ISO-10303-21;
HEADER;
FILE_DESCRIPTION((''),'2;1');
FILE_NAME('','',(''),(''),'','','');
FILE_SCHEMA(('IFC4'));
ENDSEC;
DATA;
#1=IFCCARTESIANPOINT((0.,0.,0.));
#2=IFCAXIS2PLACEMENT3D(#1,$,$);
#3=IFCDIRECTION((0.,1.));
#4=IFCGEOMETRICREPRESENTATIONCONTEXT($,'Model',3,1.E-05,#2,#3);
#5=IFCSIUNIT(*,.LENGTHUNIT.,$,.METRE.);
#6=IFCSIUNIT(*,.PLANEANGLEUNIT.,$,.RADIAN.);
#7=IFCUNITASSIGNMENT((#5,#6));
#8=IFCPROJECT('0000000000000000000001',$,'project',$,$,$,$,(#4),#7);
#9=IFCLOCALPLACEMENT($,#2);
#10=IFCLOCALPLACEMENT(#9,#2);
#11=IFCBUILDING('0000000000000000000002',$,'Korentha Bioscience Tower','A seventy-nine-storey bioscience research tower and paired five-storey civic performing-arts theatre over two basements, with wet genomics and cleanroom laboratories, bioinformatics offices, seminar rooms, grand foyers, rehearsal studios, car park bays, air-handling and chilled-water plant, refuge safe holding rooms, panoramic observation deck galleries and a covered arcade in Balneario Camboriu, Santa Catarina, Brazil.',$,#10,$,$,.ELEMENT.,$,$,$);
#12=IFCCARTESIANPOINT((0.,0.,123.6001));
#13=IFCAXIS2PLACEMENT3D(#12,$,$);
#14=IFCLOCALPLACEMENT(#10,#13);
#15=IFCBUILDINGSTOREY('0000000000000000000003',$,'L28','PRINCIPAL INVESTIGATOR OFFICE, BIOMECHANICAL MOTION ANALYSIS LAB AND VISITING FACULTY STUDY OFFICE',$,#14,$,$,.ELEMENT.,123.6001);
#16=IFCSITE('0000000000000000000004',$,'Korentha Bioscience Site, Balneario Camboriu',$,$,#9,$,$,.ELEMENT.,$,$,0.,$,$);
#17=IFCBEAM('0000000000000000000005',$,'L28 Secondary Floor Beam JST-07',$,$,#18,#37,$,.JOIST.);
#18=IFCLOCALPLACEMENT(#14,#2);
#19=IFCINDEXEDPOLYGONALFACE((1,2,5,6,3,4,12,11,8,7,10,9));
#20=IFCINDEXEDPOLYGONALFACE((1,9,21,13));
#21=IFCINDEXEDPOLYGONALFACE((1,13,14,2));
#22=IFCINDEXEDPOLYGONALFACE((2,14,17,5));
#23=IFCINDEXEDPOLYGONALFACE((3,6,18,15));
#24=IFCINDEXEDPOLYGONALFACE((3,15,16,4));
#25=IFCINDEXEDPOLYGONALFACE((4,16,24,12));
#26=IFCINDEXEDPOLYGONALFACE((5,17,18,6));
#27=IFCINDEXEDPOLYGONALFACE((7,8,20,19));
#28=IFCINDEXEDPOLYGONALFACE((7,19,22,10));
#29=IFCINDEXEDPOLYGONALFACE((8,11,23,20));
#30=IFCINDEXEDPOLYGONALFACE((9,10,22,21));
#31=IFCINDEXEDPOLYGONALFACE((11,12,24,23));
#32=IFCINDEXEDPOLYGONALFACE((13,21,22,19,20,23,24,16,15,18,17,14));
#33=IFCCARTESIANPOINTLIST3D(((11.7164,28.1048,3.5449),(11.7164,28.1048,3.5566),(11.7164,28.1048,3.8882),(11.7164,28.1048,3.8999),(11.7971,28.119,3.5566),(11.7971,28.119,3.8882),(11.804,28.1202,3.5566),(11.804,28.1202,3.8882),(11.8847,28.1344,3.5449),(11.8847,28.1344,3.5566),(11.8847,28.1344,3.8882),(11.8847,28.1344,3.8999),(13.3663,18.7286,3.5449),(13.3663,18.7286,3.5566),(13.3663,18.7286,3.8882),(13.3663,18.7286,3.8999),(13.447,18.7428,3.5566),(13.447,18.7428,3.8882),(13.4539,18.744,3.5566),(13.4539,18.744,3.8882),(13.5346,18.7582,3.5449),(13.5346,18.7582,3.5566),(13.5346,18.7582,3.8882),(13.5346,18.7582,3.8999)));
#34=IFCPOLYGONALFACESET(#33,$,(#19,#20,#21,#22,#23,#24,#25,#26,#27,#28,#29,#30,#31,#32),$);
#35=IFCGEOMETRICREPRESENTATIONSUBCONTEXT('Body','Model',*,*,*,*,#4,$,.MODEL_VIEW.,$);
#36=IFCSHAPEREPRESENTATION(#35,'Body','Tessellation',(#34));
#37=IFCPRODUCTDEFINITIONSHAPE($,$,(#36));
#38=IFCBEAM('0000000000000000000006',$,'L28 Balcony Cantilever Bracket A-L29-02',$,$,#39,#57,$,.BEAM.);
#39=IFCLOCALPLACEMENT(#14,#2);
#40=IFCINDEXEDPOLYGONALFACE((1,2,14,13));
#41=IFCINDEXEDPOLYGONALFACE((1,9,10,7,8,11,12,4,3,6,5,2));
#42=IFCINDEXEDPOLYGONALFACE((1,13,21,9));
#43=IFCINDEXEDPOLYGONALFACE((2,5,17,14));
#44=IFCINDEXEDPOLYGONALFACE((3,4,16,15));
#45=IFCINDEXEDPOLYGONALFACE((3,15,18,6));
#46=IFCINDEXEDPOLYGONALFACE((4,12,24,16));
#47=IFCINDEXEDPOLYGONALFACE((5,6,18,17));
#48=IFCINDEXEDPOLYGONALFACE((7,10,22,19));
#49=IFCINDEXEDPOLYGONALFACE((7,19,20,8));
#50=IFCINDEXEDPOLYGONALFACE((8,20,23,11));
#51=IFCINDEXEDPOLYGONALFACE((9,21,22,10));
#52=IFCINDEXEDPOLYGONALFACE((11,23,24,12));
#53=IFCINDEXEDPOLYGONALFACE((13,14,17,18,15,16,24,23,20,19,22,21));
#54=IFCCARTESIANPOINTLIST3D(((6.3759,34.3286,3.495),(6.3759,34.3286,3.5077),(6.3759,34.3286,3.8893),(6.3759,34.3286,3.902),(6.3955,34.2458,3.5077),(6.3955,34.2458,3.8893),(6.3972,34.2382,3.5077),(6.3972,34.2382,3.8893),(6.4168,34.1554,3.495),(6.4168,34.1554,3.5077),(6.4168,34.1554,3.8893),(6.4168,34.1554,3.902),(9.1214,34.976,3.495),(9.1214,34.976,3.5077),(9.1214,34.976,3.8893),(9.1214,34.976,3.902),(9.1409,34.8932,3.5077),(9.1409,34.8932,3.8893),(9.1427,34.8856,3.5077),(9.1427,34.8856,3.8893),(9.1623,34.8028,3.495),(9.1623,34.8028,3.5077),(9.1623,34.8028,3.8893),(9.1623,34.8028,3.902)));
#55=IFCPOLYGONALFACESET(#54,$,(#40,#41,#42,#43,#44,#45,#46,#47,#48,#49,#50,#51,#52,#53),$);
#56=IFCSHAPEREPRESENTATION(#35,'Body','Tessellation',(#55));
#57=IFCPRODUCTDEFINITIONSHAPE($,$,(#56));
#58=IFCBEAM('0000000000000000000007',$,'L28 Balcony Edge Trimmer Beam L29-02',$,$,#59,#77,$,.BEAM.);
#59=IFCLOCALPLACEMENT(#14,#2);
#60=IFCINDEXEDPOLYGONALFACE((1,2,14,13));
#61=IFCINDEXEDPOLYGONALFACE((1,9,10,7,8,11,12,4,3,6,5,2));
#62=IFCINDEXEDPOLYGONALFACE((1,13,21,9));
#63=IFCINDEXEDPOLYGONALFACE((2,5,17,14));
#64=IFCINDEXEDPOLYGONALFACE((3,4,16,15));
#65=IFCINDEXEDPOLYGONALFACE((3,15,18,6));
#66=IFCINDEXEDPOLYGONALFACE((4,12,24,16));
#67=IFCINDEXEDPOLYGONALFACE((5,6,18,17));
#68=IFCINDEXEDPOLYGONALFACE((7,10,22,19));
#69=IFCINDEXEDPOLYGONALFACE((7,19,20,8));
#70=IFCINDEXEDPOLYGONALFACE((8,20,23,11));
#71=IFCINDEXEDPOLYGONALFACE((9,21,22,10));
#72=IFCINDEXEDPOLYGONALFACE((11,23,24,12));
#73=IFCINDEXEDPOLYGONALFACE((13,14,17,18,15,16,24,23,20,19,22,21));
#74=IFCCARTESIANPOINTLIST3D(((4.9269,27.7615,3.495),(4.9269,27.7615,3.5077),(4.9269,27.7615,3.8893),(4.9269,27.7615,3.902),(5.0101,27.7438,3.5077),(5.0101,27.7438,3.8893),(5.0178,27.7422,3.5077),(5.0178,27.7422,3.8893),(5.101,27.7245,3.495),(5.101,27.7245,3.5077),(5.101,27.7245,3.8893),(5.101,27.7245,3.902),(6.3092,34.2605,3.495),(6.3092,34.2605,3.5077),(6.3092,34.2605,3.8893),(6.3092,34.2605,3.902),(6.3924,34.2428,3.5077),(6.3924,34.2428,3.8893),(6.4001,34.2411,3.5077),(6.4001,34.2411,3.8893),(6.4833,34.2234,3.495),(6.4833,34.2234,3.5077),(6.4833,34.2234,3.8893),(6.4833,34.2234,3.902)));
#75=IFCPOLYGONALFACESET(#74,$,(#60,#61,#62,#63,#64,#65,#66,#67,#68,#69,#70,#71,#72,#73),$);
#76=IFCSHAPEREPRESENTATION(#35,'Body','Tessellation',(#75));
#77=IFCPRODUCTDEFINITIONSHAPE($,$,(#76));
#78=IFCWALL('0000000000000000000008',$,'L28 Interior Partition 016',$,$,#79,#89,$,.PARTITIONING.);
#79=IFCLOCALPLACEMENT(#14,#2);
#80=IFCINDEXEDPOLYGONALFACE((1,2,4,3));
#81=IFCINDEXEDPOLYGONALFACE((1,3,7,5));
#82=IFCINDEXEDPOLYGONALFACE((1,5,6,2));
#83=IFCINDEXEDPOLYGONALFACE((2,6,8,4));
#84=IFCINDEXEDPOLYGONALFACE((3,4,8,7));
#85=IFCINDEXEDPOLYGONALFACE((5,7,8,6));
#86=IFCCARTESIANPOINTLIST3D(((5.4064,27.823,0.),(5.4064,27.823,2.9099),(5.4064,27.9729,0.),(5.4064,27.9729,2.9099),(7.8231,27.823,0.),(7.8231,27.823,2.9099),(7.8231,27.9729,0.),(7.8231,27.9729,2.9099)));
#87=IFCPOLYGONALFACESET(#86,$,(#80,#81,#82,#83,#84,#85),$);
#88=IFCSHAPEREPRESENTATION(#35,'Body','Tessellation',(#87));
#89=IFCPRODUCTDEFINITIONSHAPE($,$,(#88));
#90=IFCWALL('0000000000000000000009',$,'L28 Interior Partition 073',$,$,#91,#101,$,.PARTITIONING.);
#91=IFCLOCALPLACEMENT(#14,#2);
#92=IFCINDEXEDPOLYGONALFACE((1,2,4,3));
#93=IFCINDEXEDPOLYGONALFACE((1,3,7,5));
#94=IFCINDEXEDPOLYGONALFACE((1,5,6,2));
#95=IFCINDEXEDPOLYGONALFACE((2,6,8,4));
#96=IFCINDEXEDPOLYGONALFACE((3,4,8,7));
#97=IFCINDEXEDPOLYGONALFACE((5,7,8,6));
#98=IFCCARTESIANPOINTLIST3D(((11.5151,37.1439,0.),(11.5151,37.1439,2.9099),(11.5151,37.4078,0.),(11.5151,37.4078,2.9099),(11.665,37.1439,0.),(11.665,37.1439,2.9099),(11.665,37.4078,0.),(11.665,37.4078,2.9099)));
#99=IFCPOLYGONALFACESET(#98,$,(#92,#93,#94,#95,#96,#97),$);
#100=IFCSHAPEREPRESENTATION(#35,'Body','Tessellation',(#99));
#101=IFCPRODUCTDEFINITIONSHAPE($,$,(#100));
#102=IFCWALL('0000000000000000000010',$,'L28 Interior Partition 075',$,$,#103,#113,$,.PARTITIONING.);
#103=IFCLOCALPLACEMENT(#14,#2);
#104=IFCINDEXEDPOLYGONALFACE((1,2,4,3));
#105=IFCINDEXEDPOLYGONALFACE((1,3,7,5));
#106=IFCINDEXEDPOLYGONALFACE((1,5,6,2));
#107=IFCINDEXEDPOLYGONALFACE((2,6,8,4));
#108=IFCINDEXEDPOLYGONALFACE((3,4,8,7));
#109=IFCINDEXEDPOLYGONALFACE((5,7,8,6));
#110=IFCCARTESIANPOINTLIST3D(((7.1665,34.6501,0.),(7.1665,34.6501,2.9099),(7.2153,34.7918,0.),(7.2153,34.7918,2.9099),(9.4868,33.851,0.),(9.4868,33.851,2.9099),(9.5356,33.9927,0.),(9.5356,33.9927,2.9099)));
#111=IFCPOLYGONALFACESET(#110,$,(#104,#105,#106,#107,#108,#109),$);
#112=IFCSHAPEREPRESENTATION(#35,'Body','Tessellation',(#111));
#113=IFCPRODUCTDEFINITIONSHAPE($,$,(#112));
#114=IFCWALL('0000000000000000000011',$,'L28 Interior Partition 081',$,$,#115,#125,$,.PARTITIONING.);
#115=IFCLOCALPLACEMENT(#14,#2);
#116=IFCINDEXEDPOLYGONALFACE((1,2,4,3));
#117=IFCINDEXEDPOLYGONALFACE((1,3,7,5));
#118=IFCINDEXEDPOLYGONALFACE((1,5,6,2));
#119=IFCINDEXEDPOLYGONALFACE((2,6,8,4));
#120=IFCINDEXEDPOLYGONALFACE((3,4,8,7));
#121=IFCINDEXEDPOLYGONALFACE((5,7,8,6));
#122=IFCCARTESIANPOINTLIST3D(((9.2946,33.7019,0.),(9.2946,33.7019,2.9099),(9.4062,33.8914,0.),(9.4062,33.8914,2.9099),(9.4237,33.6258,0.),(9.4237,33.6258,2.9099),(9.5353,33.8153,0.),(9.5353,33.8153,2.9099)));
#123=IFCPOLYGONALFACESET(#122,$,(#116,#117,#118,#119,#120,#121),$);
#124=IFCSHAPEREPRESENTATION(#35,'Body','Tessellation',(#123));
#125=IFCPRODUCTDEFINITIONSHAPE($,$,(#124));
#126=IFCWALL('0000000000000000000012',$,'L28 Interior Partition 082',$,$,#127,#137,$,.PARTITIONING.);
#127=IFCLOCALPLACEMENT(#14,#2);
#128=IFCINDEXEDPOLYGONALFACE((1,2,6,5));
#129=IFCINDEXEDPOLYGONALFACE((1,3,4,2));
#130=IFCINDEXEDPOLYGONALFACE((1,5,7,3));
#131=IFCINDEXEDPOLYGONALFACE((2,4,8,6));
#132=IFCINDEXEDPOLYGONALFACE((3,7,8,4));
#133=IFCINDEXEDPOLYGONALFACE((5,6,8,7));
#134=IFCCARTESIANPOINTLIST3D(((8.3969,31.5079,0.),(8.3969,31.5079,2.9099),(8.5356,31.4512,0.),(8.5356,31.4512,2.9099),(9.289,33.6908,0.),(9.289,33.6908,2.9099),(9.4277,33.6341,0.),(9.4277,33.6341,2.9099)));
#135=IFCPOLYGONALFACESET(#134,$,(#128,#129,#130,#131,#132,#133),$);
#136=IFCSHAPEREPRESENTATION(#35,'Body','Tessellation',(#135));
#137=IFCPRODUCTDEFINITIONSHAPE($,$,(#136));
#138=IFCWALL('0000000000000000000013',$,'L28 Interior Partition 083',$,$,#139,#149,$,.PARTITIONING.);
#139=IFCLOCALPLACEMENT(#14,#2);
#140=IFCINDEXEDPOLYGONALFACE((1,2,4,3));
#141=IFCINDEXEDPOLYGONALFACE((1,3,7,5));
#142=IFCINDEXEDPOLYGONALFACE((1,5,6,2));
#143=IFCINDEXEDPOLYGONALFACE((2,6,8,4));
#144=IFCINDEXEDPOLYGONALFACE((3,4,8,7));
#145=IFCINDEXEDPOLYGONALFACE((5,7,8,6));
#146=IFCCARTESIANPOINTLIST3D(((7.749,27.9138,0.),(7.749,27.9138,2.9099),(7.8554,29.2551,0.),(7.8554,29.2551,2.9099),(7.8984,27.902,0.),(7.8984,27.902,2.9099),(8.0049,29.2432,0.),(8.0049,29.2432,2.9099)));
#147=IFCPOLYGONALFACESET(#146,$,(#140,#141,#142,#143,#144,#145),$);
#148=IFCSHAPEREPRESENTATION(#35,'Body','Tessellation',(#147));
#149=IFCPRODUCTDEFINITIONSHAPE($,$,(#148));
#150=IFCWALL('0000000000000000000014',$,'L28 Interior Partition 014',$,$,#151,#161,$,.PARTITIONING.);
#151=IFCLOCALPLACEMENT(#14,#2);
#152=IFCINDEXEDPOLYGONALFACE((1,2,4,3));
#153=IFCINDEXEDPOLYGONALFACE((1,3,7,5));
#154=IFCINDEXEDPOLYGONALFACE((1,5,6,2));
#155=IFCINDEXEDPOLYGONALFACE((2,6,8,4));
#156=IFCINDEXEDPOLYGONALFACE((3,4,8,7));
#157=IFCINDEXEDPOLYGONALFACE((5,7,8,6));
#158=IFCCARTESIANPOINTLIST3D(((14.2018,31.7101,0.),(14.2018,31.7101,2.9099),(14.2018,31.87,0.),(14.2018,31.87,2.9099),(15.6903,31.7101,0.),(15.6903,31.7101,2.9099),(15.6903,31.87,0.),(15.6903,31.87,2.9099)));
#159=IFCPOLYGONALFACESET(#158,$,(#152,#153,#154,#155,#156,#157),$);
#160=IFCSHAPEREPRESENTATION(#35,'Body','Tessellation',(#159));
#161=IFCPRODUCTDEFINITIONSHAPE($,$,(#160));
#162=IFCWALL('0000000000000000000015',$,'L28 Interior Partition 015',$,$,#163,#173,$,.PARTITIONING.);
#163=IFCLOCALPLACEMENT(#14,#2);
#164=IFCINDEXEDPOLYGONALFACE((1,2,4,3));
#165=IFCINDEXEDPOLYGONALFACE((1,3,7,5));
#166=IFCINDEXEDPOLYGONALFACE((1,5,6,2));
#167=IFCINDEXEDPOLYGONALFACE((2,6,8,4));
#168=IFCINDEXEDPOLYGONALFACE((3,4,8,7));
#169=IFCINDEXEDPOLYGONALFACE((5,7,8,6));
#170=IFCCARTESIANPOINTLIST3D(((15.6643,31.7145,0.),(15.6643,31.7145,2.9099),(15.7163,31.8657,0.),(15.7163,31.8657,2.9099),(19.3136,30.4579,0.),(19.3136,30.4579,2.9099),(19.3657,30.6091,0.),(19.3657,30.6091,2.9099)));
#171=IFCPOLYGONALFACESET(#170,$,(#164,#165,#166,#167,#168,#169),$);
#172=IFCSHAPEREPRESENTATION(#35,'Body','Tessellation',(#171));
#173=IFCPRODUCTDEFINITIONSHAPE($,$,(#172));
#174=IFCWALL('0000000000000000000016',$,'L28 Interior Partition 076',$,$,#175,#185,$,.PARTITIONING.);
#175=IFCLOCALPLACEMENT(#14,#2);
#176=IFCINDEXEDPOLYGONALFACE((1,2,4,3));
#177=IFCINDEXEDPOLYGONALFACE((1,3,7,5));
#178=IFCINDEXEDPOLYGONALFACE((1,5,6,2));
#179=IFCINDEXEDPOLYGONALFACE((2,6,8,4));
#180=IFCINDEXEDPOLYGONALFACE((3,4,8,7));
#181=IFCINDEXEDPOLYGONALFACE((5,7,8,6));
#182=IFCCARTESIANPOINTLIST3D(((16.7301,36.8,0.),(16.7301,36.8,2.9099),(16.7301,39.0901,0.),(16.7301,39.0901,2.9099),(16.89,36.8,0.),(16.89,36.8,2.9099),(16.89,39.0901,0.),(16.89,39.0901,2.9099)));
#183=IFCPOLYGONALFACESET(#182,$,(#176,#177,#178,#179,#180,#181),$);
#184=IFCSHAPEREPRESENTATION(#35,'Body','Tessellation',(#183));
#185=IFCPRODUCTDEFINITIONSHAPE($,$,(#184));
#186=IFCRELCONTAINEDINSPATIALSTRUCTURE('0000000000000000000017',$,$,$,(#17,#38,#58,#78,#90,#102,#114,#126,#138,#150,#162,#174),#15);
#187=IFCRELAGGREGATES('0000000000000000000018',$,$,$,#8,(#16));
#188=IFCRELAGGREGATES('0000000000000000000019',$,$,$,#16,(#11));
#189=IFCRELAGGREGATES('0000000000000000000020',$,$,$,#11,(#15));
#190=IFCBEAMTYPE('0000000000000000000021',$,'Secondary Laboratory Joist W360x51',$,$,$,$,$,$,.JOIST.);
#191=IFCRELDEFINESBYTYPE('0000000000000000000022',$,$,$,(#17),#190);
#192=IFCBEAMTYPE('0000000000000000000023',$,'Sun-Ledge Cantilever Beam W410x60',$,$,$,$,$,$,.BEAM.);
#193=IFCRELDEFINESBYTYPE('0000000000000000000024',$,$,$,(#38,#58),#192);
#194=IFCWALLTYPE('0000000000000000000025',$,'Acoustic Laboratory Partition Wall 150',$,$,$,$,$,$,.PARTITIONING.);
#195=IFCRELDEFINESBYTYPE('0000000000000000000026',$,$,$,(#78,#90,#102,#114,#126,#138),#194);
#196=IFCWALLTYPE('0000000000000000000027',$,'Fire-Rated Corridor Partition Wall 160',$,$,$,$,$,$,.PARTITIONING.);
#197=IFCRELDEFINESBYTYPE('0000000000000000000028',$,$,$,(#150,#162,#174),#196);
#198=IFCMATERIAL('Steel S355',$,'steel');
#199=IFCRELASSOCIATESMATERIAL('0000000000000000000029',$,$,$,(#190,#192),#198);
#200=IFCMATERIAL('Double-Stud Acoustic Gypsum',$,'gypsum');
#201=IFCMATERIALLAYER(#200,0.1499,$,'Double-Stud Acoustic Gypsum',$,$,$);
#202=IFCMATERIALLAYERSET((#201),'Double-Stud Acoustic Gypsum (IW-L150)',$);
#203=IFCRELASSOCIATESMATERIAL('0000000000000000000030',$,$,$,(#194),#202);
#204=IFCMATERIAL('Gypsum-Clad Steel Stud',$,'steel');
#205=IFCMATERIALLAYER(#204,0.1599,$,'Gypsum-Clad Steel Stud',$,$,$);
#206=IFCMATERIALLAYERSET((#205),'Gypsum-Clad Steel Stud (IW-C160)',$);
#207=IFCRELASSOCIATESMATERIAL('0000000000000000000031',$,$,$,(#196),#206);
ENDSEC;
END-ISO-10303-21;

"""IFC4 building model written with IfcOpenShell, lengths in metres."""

from ifc_helpers import new_model, si_unit, direction, frame, frame_2d, origin, origin_2d, place, context, subcontext, project, spatial, rectangle, i_section, extrude, material, layer, layer_set, material_profile, profile_set, type_object, element, save


model = new_model("IFC4")

# Units and contexts
model_context = context("Model", 3, precision=1e-05, world=origin(), true_north=direction((0.0, 1.0)))
body_context = subcontext(model_context, "Body", "Model", "MODEL_VIEW")
ifc_project = project(units=[si_unit("LENGTHUNIT", "METRE"), si_unit("PLANEANGLEUNIT", "RADIAN")], contexts=[model_context])

# Site, building, storey
site_placement = place(None, origin())
site = spatial("IfcSite", under=ifc_project, at=site_placement, Name="Korentha Bioscience Site, Balneario Camboriu", CompositionType="ELEMENT", RefElevation=0.0)
building_placement = place(site_placement, origin())
building = spatial("IfcBuilding", under=site, at=building_placement, Name="Korentha Bioscience Tower", Description="A seventy-nine-storey bioscience research tower and paired five-storey civic performing-arts theatre over two basements, with wet genomics and cleanroom laboratories, bioinformatics offices, seminar rooms, grand foyers, rehearsal studios, car park bays, air-handling and chilled-water plant, refuge safe holding rooms, panoramic observation deck galleries and a covered arcade in Balneario Camboriu, Santa Catarina, Brazil.", CompositionType="ELEMENT")
storey_placement = place(building_placement, frame((0.0, 0.0, 123.6001)))
storey = spatial("IfcBuildingStorey", under=building, at=storey_placement, Name="L28", Description="PRINCIPAL INVESTIGATOR OFFICE, BIOMECHANICAL MOTION ANALYSIS LAB AND VISITING FACULTY STUDY OFFICE", CompositionType="ELEMENT", Elevation=123.6001)

# Beams
ifc_material_1 = material(Name="Steel S355", Category="steel")
ifc_material_profile_1 = material_profile(ifc_material_1, i_section(OverallWidth=0.1709, OverallDepth=0.355, WebThickness=0.0071, FlangeThickness=0.0117, at=origin_2d()), Name="Steel S355")
ifc_profile_set_1 = profile_set([ifc_material_profile_1], Name="Steel S355 (JB-360)")
beam_type_1 = type_object("IfcBeamType", Name="Secondary Laboratory Joist W360x51", PredefinedType="JOIST", material=ifc_profile_set_1)
beam_1_placement = place(storey_placement, frame((11.8005, 28.1196, 3.7224), z_axis=(0.173304, -0.984868, 0.0), x_axis=(0.984868, 0.173304, 0.0)))
element("IfcBeam", 1, at=beam_1_placement, inside=storey, type_object=beam_type_1, Name="L28 Secondary Floor Beam JST-07", PredefinedType="JOIST", context=body_context, shape_type="SweptSolid", body=[
    extrude(i_section(OverallWidth=0.1709, OverallDepth=0.355, WebThickness=0.0071, FlangeThickness=0.0117, at=origin_2d()), origin(), (0.0, 0.0, 1.0), 9.5203),
])
ifc_material_profile_2 = material_profile(ifc_material_1, i_section(OverallWidth=0.178, OverallDepth=0.407, WebThickness=0.0078, FlangeThickness=0.0127, at=origin_2d()), Name="Steel S355")
ifc_profile_set_2 = profile_set([ifc_material_profile_2], Name="Steel S355 (CB-410)")
beam_type_2 = type_object("IfcBeamType", Name="Sun-Ledge Cantilever Beam W410x60", PredefinedType="BEAM", material=ifc_profile_set_2)
beam_2_placement = place(storey_placement, frame((9.1418, 34.8894, 3.6985), z_axis=(-0.973304, -0.229522, 0.0), x_axis=(0.229522, -0.973304, 0.0)))
element("IfcBeam", 2, at=beam_2_placement, inside=storey, type_object=beam_type_2, Name="L28 Balcony Cantilever Bracket A-L29-02", PredefinedType="BEAM", context=body_context, shape_type="SweptSolid", body=[
    extrude(i_section(OverallWidth=0.178, OverallDepth=0.407, WebThickness=0.0078, FlangeThickness=0.0127, at=origin_2d()), origin(), (0.0, 0.0, 1.0), 2.8208),
])
beam_3_placement = place(storey_placement, frame((6.3962, 34.2419, 3.6985), z_axis=(-0.208043, -0.97812, 0.0), x_axis=(0.97812, -0.208043, 0.0)))
element("IfcBeam", 3, at=beam_3_placement, inside=storey, type_object=beam_type_2, Name="L28 Balcony Edge Trimmer Beam L29-02", PredefinedType="BEAM", context=body_context, shape_type="SweptSolid", body=[
    extrude(i_section(OverallWidth=0.178, OverallDepth=0.407, WebThickness=0.0078, FlangeThickness=0.0127, at=origin_2d()), origin(), (0.0, 0.0, 1.0), 6.6443),
])

# Shared definitions
ifc_material_2 = material(Name="Double-Stud Acoustic Gypsum", Category="gypsum")
ifc_layer_1 = layer(ifc_material_2, 0.1499, Name="Double-Stud Acoustic Gypsum")
ifc_layer_set_1 = layer_set([ifc_layer_1], Name="Double-Stud Acoustic Gypsum (IW-L150)")
wall_type_1 = type_object("IfcWallType", Name="Acoustic Laboratory Partition Wall 150", PredefinedType="PARTITIONING", material=ifc_layer_set_1)

# Walls
wall_1_placement = place(storey_placement, frame((5.4062, 27.8979, 0.0), z_axis=(0.0, 0.0, 1.0), x_axis=(1.0, 0.0, 0.0)))
element("IfcWall", 4, at=wall_1_placement, inside=storey, type_object=wall_type_1, Name="L28 Interior Partition 016", PredefinedType="PARTITIONING", context=body_context, shape_type="SweptSolid", body=[
    extrude(rectangle(XDim=2.4167, YDim=0.1499, at=frame_2d((1.2085, 0.0))), origin(), (0.0, 0.0, 1.0), 2.9099),
])
wall_2_placement = place(storey_placement, frame((11.5901, 37.144, 0.0), z_axis=(0.0, 0.0, 1.0), x_axis=(0.0, 1.0, 0.0)))
element("IfcWall", 5, at=wall_2_placement, inside=storey, type_object=wall_type_1, Name="L28 Interior Partition 073", PredefinedType="PARTITIONING", context=body_context, shape_type="SweptSolid", body=[
    extrude(rectangle(XDim=0.2639, YDim=0.1499, at=frame_2d((0.1318, 0.0))), origin(), (0.0, 0.0, 1.0), 2.9099),
])
wall_3_placement = place(storey_placement, frame((9.5112, 33.9219, 0.0), z_axis=(0.0, 0.0, 1.0), x_axis=(-0.945503, 0.325614, 0.0)))
element("IfcWall", 6, at=wall_3_placement, inside=storey, type_object=wall_type_1, Name="L28 Interior Partition 075", PredefinedType="PARTITIONING", context=body_context, shape_type="SweptSolid", body=[
    extrude(rectangle(XDim=2.4541, YDim=0.1499, at=frame_2d((1.2271, 0.0))), origin(), (0.0, 0.0, 1.0), 2.9099),
])
wall_4_placement = place(storey_placement, frame((9.4707, 33.8533, 0.0), z_axis=(0.0, 0.0, 1.0), x_axis=(-0.507457, -0.861677, 0.0)))
element("IfcWall", 7, at=wall_4_placement, inside=storey, type_object=wall_type_1, Name="L28 Interior Partition 081", PredefinedType="PARTITIONING", context=body_context, shape_type="SweptSolid", body=[
    extrude(rectangle(XDim=0.22, YDim=0.1499, at=frame_2d((0.1099, 0.0))), origin(), (0.0, 0.0, 1.0), 2.9099),
])
wall_5_placement = place(storey_placement, frame((9.3584, 33.6626, 0.0), z_axis=(0.0, 0.0, 1.0), x_axis=(-0.378306, -0.92568, 0.0)))
element("IfcWall", 8, at=wall_5_placement, inside=storey, type_object=wall_type_1, Name="L28 Interior Partition 082", PredefinedType="PARTITIONING", context=body_context, shape_type="SweptSolid", body=[
    extrude(rectangle(XDim=2.3582, YDim=0.1499, at=frame_2d((1.1792, 0.0))), origin(), (0.0, 0.0, 1.0), 2.9099),
])
wall_6_placement = place(storey_placement, frame((7.9302, 29.2493, 0.0), z_axis=(0.0, 0.0, 1.0), x_axis=(-0.079111, -0.996866, 0.0)))
element("IfcWall", 9, at=wall_6_placement, inside=storey, type_object=wall_type_1, Name="L28 Interior Partition 083", PredefinedType="PARTITIONING", context=body_context, shape_type="SweptSolid", body=[
    extrude(rectangle(XDim=1.3455, YDim=0.1499, at=frame_2d((0.6729, 0.0))), origin(), (0.0, 0.0, 1.0), 2.9099),
])
ifc_material_3 = material(Name="Gypsum-Clad Steel Stud", Category="steel")
ifc_layer_2 = layer(ifc_material_3, 0.1599, Name="Gypsum-Clad Steel Stud")
ifc_layer_set_2 = layer_set([ifc_layer_2], Name="Gypsum-Clad Steel Stud (IW-C160)")
wall_type_2 = type_object("IfcWallType", Name="Fire-Rated Corridor Partition Wall 160", PredefinedType="PARTITIONING", material=ifc_layer_set_2)
wall_7_placement = place(storey_placement, frame((14.2019, 31.79, 0.0), z_axis=(0.0, 0.0, 1.0), x_axis=(1.0, 0.0, 0.0)))
element("IfcWall", 10, at=wall_7_placement, inside=storey, type_object=wall_type_2, Name="L28 Interior Partition 014", PredefinedType="PARTITIONING", context=body_context, shape_type="SweptSolid", body=[
    extrude(rectangle(XDim=1.4885, YDim=0.1599, at=frame_2d((0.7441, 0.0))), origin(), (0.0, 0.0, 1.0), 2.9099),
])
wall_8_placement = place(storey_placement, frame((15.6904, 31.79, 0.0), z_axis=(0.0, 0.0, 1.0), x_axis=(0.945519, -0.325568, 0.0)))
element("IfcWall", 11, at=wall_8_placement, inside=storey, type_object=wall_type_2, Name="L28 Interior Partition 015", PredefinedType="PARTITIONING", context=body_context, shape_type="SweptSolid", body=[
    extrude(rectangle(XDim=3.8596, YDim=0.1599, at=frame_2d((1.9297, 0.0))), origin(), (0.0, 0.0, 1.0), 2.9099),
])
wall_9_placement = place(storey_placement, frame((16.8101, 36.8, 0.0), z_axis=(0.0, 0.0, 1.0), x_axis=(0.0, 1.0, 0.0)))
element("IfcWall", 12, at=wall_9_placement, inside=storey, type_object=wall_type_2, Name="L28 Interior Partition 076", PredefinedType="PARTITIONING", context=body_context, shape_type="SweptSolid", body=[
    extrude(rectangle(XDim=2.29, YDim=0.1599, at=frame_2d((1.145, 0.0))), origin(), (0.0, 0.0, 1.0), 2.9099),
])

save(model, "model.ifc")
